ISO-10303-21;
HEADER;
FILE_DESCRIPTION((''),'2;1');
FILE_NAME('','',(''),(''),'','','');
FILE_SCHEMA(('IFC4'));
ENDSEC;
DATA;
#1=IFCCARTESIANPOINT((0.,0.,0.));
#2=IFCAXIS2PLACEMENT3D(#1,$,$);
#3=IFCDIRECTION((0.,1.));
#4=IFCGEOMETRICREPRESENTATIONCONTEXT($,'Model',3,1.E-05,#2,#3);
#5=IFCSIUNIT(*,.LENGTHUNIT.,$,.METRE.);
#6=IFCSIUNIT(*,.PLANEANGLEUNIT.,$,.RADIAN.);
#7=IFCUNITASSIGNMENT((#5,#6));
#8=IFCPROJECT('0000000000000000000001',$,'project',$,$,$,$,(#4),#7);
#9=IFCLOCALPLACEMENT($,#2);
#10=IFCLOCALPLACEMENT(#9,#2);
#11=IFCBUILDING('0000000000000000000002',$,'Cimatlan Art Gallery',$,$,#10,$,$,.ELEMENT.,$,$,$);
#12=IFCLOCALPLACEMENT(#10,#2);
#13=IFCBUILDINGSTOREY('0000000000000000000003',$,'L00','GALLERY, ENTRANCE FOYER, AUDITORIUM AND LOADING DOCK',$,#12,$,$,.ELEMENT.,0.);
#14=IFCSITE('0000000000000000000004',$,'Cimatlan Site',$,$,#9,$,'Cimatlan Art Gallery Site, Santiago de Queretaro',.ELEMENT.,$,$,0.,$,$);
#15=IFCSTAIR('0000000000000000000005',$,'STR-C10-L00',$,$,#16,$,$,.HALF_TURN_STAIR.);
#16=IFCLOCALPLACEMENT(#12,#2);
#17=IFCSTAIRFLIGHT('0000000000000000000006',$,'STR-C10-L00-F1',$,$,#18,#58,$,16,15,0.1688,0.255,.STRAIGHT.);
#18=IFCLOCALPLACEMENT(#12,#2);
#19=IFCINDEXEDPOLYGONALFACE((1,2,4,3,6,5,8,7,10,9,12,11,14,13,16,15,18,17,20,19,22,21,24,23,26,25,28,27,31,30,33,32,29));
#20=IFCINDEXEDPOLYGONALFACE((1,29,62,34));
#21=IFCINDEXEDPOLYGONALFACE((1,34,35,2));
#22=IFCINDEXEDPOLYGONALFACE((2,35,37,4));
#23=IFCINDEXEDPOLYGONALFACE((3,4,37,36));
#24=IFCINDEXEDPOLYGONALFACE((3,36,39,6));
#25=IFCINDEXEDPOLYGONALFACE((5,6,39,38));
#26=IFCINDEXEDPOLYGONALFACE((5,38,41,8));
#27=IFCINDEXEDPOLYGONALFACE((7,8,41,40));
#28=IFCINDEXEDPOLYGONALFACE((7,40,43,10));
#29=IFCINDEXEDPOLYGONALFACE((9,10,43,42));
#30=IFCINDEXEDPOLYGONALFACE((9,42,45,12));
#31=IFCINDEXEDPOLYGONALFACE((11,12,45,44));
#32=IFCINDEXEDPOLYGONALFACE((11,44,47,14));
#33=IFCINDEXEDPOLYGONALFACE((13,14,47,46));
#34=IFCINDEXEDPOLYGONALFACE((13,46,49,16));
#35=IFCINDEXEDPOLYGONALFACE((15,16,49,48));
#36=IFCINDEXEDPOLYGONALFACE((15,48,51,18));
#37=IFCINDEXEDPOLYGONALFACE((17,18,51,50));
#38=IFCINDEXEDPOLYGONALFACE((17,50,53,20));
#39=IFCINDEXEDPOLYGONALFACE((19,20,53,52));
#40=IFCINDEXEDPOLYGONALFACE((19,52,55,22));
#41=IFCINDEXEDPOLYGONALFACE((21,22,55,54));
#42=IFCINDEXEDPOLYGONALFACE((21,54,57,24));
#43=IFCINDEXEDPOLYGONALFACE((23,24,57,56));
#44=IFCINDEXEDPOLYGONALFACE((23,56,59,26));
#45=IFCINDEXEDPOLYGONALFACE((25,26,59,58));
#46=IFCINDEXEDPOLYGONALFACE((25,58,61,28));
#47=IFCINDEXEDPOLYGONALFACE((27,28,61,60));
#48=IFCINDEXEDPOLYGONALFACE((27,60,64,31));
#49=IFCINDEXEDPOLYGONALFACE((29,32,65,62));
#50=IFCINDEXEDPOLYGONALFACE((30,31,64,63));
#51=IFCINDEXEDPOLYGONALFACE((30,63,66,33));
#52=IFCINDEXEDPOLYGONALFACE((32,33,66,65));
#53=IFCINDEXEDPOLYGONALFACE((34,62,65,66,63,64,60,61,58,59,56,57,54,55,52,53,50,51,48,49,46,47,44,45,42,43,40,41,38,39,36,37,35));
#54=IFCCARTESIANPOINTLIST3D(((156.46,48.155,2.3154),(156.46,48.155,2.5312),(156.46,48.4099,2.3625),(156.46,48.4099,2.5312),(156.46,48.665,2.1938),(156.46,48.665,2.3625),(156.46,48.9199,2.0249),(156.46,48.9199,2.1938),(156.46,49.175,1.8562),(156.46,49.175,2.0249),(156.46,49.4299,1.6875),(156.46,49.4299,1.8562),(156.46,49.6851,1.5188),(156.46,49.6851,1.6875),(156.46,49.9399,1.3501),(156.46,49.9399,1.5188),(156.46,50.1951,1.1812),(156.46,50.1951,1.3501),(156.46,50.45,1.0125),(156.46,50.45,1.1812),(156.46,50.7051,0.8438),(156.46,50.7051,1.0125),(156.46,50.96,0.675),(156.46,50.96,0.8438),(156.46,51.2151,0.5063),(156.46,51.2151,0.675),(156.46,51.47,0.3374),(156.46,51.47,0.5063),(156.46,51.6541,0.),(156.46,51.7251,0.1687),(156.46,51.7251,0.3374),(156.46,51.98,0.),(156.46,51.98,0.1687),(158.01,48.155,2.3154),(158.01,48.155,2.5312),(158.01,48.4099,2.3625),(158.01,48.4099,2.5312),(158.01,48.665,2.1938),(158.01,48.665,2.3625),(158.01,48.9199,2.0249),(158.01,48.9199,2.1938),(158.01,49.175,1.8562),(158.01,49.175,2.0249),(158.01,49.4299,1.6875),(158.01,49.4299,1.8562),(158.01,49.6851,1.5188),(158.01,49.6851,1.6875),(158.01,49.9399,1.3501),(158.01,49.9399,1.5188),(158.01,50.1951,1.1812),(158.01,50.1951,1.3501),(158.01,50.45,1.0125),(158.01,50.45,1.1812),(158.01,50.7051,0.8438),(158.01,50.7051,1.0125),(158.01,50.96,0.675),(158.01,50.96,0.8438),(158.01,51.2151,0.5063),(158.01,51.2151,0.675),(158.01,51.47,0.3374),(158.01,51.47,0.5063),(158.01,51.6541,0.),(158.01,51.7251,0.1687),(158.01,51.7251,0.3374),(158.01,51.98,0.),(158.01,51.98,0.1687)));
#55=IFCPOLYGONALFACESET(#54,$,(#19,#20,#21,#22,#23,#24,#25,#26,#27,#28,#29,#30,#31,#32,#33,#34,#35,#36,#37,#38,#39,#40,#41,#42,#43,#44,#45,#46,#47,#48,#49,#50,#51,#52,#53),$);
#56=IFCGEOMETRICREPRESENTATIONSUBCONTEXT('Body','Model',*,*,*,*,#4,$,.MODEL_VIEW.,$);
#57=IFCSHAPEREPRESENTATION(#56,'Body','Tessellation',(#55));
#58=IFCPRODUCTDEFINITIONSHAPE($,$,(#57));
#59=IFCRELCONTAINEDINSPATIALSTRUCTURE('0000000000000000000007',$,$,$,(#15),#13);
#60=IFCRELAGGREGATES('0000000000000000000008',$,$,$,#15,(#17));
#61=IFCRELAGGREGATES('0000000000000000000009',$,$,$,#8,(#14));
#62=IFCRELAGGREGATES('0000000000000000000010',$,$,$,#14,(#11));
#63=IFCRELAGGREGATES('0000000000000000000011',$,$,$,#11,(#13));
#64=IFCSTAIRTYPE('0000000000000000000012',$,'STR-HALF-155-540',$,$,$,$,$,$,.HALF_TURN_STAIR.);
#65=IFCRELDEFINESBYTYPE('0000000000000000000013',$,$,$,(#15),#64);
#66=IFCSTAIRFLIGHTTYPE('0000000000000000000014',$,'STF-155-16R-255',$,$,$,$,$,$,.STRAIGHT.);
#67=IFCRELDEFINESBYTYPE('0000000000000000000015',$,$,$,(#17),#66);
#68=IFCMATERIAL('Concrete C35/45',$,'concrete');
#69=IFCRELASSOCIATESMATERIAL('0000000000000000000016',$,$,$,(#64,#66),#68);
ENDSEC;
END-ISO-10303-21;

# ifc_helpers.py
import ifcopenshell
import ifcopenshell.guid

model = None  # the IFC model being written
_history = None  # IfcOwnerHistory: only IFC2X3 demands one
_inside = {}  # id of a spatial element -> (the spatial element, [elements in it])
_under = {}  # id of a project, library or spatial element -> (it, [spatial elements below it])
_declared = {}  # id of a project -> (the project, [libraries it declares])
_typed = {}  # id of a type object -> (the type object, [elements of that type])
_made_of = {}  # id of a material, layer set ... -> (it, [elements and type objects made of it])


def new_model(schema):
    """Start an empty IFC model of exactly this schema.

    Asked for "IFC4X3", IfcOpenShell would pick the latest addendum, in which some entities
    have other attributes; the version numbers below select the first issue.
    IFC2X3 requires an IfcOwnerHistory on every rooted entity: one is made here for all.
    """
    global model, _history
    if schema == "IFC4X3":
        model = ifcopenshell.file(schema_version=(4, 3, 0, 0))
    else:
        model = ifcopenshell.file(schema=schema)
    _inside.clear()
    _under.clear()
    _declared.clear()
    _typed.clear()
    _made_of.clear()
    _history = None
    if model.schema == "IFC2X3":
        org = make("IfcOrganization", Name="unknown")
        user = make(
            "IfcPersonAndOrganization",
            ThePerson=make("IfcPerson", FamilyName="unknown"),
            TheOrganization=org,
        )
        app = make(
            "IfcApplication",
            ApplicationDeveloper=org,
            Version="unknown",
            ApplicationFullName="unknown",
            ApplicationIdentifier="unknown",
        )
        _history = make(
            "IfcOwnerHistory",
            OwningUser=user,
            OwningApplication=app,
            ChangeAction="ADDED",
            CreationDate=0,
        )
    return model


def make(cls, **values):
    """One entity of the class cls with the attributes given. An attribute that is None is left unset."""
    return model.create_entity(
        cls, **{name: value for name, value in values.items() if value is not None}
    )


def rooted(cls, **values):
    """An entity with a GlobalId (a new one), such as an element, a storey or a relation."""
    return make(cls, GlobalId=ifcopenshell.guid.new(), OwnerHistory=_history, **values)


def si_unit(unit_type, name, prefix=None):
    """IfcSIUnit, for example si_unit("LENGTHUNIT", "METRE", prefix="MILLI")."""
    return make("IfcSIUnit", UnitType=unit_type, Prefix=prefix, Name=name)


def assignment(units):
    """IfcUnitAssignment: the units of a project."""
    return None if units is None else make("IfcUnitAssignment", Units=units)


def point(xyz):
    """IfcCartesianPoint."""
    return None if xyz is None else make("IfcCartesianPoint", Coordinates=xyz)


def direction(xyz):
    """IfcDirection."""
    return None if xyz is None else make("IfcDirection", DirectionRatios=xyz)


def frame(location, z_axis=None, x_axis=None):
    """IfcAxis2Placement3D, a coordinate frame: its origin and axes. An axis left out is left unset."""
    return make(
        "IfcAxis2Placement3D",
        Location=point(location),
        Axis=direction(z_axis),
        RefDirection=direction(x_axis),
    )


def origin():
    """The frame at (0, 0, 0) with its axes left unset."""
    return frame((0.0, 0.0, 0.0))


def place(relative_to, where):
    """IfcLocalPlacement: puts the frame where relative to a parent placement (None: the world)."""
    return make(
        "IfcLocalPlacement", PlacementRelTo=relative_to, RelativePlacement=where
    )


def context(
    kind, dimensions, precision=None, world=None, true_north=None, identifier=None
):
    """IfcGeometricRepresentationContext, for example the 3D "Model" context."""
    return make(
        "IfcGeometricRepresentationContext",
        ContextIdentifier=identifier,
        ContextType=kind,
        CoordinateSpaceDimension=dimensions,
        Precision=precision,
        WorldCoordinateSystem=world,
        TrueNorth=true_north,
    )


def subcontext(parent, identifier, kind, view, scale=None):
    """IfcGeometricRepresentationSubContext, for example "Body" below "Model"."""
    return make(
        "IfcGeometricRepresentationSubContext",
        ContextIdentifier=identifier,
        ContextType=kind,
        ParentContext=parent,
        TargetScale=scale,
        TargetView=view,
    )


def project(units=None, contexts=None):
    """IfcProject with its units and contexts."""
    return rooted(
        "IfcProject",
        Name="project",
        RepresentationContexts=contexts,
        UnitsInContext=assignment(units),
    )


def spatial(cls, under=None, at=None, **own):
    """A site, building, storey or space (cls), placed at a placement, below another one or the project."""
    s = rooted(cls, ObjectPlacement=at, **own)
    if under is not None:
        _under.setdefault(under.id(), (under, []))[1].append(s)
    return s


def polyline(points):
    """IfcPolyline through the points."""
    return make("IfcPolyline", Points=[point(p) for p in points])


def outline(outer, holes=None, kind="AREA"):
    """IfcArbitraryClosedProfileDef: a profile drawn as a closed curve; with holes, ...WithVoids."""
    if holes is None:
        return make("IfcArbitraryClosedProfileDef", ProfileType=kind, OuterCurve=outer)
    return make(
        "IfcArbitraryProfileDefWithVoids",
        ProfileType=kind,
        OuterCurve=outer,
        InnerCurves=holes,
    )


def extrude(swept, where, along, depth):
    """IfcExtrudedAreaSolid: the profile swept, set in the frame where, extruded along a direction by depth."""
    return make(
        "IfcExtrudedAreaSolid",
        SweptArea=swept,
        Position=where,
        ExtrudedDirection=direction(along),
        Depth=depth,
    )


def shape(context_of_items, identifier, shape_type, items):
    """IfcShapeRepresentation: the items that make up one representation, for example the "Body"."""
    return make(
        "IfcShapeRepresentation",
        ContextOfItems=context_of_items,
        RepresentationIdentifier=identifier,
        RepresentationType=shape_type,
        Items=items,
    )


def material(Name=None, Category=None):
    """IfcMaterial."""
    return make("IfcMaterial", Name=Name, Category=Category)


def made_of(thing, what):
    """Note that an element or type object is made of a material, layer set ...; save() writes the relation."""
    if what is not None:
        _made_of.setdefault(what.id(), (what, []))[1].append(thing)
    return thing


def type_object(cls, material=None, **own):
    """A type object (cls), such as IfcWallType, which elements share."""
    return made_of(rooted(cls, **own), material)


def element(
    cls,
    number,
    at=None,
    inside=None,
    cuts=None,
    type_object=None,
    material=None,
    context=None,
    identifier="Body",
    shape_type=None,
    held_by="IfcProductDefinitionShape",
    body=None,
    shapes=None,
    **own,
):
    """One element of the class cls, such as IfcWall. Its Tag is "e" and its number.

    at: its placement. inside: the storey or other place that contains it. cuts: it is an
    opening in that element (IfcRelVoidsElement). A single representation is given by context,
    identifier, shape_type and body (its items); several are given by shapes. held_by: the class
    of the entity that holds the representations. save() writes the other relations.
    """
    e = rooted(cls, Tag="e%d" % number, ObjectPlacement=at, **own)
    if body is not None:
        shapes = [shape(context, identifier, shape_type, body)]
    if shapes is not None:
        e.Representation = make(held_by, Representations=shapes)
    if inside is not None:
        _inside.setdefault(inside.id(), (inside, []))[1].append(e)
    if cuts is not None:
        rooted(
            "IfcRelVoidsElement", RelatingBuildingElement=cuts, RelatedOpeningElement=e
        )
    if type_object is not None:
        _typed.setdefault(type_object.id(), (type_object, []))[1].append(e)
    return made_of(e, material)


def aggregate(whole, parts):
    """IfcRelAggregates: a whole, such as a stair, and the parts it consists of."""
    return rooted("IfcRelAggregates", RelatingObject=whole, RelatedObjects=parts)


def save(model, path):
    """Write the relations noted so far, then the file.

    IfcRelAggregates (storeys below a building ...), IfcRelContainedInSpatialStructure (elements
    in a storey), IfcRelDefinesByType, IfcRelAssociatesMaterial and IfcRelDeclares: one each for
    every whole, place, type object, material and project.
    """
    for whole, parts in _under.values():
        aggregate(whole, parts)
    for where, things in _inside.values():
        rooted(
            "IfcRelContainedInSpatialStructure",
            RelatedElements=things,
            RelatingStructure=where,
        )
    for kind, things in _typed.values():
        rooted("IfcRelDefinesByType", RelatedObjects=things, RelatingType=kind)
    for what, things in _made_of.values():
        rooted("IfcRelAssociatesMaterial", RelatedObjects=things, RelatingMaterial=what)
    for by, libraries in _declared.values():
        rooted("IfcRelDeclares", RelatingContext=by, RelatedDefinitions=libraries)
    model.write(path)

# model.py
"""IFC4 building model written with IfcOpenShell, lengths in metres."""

from ifc_helpers import new_model, si_unit, direction, frame, origin, place, context, subcontext, project, spatial, polyline, outline, extrude, material, type_object, element, aggregate, save


model = new_model("IFC4")

# Units and contexts
model_context = context("Model", 3, precision=1e-05, world=origin(), true_north=direction((0.0, 1.0)))
body_context = subcontext(model_context, "Body", "Model", "MODEL_VIEW")
ifc_project = project(units=[si_unit("LENGTHUNIT", "METRE"), si_unit("PLANEANGLEUNIT", "RADIAN")], contexts=[model_context])

# Site, building, storey
site_placement = place(None, origin())
site = spatial("IfcSite", under=ifc_project, at=site_placement, Name="Cimatlan Site", LongName="Cimatlan Art Gallery Site, Santiago de Queretaro", CompositionType="ELEMENT", RefElevation=0.0)
building_placement = place(site_placement, origin())
building = spatial("IfcBuilding", under=site, at=building_placement, Name="Cimatlan Art Gallery", CompositionType="ELEMENT")
storey_placement = place(building_placement, origin())
storey = spatial("IfcBuildingStorey", under=building, at=storey_placement, Name="L00", Description="GALLERY, ENTRANCE FOYER, AUDITORIUM AND LOADING DOCK", CompositionType="ELEMENT", Elevation=0.0)

# Stair, stair flight
ifc_material_1 = material(Name="Concrete C35/45", Category="concrete")
stair_type = type_object("IfcStairType", Name="STR-HALF-155-540", PredefinedType="HALF_TURN_STAIR", material=ifc_material_1)
stair_placement = place(storey_placement, origin())
stair = element("IfcStair", 1, at=stair_placement, inside=storey, type_object=stair_type, Name="STR-C10-L00", PredefinedType="HALF_TURN_STAIR")
stair_flight_type = type_object("IfcStairFlightType", Name="STF-155-16R-255", PredefinedType="STRAIGHT", material=ifc_material_1)
stair_flight_placement = place(storey_placement, frame((157.2351, 51.98, 0.0), z_axis=(0.0, 0.0, 1.0), x_axis=(0.0, -1.0, 0.0)))
stair_flight = element("IfcStairFlight", 2, at=stair_flight_placement, type_object=stair_flight_type, Name="STR-C10-L00-F1", NumberOfRisers=16, NumberOfTreads=15, PredefinedType="STRAIGHT", RiserHeight=0.1688, TreadLength=0.255, context=body_context, shape_type="SweptSolid", body=[
    extrude(outline(polyline([(0.0, 0.0), (0.0, 0.1687), (0.2549, 0.1687), (0.2549, 0.3374), (0.51, 0.3374), (0.51, 0.5063), (0.7649, 0.5063), (0.7649, 0.675), (1.02, 0.675), (1.02, 0.8438), (1.2749, 0.8438), (1.2749, 1.0125), (1.53, 1.0125), (1.53, 1.1812), (1.7849, 1.1812), (1.7849, 1.3501), (2.04, 1.3501), (2.04, 1.5188), (2.2949, 1.5188), (2.2949, 1.6875), (2.55, 1.6875), (2.55, 1.8562), (2.8049, 1.8562), (2.8049, 2.0249), (3.0601, 2.0249), (3.0601, 2.1938), (3.3149, 2.1938), (3.3149, 2.3625), (3.5701, 2.3625), (3.5701, 2.5312), (3.825, 2.5312), (3.825, 2.7), (3.825, 2.3154), (0.3259, 0.0), (0.0, 0.0)])), frame((0.0, 0.7749, 0.0), z_axis=(0.0, -1.0, 0.0), x_axis=(1.0, 0.0, 0.0)), (0.0, 0.0, 1.0), 1.55),
])
aggregate(stair, [stair_flight])

save(model, "model.ifc")
